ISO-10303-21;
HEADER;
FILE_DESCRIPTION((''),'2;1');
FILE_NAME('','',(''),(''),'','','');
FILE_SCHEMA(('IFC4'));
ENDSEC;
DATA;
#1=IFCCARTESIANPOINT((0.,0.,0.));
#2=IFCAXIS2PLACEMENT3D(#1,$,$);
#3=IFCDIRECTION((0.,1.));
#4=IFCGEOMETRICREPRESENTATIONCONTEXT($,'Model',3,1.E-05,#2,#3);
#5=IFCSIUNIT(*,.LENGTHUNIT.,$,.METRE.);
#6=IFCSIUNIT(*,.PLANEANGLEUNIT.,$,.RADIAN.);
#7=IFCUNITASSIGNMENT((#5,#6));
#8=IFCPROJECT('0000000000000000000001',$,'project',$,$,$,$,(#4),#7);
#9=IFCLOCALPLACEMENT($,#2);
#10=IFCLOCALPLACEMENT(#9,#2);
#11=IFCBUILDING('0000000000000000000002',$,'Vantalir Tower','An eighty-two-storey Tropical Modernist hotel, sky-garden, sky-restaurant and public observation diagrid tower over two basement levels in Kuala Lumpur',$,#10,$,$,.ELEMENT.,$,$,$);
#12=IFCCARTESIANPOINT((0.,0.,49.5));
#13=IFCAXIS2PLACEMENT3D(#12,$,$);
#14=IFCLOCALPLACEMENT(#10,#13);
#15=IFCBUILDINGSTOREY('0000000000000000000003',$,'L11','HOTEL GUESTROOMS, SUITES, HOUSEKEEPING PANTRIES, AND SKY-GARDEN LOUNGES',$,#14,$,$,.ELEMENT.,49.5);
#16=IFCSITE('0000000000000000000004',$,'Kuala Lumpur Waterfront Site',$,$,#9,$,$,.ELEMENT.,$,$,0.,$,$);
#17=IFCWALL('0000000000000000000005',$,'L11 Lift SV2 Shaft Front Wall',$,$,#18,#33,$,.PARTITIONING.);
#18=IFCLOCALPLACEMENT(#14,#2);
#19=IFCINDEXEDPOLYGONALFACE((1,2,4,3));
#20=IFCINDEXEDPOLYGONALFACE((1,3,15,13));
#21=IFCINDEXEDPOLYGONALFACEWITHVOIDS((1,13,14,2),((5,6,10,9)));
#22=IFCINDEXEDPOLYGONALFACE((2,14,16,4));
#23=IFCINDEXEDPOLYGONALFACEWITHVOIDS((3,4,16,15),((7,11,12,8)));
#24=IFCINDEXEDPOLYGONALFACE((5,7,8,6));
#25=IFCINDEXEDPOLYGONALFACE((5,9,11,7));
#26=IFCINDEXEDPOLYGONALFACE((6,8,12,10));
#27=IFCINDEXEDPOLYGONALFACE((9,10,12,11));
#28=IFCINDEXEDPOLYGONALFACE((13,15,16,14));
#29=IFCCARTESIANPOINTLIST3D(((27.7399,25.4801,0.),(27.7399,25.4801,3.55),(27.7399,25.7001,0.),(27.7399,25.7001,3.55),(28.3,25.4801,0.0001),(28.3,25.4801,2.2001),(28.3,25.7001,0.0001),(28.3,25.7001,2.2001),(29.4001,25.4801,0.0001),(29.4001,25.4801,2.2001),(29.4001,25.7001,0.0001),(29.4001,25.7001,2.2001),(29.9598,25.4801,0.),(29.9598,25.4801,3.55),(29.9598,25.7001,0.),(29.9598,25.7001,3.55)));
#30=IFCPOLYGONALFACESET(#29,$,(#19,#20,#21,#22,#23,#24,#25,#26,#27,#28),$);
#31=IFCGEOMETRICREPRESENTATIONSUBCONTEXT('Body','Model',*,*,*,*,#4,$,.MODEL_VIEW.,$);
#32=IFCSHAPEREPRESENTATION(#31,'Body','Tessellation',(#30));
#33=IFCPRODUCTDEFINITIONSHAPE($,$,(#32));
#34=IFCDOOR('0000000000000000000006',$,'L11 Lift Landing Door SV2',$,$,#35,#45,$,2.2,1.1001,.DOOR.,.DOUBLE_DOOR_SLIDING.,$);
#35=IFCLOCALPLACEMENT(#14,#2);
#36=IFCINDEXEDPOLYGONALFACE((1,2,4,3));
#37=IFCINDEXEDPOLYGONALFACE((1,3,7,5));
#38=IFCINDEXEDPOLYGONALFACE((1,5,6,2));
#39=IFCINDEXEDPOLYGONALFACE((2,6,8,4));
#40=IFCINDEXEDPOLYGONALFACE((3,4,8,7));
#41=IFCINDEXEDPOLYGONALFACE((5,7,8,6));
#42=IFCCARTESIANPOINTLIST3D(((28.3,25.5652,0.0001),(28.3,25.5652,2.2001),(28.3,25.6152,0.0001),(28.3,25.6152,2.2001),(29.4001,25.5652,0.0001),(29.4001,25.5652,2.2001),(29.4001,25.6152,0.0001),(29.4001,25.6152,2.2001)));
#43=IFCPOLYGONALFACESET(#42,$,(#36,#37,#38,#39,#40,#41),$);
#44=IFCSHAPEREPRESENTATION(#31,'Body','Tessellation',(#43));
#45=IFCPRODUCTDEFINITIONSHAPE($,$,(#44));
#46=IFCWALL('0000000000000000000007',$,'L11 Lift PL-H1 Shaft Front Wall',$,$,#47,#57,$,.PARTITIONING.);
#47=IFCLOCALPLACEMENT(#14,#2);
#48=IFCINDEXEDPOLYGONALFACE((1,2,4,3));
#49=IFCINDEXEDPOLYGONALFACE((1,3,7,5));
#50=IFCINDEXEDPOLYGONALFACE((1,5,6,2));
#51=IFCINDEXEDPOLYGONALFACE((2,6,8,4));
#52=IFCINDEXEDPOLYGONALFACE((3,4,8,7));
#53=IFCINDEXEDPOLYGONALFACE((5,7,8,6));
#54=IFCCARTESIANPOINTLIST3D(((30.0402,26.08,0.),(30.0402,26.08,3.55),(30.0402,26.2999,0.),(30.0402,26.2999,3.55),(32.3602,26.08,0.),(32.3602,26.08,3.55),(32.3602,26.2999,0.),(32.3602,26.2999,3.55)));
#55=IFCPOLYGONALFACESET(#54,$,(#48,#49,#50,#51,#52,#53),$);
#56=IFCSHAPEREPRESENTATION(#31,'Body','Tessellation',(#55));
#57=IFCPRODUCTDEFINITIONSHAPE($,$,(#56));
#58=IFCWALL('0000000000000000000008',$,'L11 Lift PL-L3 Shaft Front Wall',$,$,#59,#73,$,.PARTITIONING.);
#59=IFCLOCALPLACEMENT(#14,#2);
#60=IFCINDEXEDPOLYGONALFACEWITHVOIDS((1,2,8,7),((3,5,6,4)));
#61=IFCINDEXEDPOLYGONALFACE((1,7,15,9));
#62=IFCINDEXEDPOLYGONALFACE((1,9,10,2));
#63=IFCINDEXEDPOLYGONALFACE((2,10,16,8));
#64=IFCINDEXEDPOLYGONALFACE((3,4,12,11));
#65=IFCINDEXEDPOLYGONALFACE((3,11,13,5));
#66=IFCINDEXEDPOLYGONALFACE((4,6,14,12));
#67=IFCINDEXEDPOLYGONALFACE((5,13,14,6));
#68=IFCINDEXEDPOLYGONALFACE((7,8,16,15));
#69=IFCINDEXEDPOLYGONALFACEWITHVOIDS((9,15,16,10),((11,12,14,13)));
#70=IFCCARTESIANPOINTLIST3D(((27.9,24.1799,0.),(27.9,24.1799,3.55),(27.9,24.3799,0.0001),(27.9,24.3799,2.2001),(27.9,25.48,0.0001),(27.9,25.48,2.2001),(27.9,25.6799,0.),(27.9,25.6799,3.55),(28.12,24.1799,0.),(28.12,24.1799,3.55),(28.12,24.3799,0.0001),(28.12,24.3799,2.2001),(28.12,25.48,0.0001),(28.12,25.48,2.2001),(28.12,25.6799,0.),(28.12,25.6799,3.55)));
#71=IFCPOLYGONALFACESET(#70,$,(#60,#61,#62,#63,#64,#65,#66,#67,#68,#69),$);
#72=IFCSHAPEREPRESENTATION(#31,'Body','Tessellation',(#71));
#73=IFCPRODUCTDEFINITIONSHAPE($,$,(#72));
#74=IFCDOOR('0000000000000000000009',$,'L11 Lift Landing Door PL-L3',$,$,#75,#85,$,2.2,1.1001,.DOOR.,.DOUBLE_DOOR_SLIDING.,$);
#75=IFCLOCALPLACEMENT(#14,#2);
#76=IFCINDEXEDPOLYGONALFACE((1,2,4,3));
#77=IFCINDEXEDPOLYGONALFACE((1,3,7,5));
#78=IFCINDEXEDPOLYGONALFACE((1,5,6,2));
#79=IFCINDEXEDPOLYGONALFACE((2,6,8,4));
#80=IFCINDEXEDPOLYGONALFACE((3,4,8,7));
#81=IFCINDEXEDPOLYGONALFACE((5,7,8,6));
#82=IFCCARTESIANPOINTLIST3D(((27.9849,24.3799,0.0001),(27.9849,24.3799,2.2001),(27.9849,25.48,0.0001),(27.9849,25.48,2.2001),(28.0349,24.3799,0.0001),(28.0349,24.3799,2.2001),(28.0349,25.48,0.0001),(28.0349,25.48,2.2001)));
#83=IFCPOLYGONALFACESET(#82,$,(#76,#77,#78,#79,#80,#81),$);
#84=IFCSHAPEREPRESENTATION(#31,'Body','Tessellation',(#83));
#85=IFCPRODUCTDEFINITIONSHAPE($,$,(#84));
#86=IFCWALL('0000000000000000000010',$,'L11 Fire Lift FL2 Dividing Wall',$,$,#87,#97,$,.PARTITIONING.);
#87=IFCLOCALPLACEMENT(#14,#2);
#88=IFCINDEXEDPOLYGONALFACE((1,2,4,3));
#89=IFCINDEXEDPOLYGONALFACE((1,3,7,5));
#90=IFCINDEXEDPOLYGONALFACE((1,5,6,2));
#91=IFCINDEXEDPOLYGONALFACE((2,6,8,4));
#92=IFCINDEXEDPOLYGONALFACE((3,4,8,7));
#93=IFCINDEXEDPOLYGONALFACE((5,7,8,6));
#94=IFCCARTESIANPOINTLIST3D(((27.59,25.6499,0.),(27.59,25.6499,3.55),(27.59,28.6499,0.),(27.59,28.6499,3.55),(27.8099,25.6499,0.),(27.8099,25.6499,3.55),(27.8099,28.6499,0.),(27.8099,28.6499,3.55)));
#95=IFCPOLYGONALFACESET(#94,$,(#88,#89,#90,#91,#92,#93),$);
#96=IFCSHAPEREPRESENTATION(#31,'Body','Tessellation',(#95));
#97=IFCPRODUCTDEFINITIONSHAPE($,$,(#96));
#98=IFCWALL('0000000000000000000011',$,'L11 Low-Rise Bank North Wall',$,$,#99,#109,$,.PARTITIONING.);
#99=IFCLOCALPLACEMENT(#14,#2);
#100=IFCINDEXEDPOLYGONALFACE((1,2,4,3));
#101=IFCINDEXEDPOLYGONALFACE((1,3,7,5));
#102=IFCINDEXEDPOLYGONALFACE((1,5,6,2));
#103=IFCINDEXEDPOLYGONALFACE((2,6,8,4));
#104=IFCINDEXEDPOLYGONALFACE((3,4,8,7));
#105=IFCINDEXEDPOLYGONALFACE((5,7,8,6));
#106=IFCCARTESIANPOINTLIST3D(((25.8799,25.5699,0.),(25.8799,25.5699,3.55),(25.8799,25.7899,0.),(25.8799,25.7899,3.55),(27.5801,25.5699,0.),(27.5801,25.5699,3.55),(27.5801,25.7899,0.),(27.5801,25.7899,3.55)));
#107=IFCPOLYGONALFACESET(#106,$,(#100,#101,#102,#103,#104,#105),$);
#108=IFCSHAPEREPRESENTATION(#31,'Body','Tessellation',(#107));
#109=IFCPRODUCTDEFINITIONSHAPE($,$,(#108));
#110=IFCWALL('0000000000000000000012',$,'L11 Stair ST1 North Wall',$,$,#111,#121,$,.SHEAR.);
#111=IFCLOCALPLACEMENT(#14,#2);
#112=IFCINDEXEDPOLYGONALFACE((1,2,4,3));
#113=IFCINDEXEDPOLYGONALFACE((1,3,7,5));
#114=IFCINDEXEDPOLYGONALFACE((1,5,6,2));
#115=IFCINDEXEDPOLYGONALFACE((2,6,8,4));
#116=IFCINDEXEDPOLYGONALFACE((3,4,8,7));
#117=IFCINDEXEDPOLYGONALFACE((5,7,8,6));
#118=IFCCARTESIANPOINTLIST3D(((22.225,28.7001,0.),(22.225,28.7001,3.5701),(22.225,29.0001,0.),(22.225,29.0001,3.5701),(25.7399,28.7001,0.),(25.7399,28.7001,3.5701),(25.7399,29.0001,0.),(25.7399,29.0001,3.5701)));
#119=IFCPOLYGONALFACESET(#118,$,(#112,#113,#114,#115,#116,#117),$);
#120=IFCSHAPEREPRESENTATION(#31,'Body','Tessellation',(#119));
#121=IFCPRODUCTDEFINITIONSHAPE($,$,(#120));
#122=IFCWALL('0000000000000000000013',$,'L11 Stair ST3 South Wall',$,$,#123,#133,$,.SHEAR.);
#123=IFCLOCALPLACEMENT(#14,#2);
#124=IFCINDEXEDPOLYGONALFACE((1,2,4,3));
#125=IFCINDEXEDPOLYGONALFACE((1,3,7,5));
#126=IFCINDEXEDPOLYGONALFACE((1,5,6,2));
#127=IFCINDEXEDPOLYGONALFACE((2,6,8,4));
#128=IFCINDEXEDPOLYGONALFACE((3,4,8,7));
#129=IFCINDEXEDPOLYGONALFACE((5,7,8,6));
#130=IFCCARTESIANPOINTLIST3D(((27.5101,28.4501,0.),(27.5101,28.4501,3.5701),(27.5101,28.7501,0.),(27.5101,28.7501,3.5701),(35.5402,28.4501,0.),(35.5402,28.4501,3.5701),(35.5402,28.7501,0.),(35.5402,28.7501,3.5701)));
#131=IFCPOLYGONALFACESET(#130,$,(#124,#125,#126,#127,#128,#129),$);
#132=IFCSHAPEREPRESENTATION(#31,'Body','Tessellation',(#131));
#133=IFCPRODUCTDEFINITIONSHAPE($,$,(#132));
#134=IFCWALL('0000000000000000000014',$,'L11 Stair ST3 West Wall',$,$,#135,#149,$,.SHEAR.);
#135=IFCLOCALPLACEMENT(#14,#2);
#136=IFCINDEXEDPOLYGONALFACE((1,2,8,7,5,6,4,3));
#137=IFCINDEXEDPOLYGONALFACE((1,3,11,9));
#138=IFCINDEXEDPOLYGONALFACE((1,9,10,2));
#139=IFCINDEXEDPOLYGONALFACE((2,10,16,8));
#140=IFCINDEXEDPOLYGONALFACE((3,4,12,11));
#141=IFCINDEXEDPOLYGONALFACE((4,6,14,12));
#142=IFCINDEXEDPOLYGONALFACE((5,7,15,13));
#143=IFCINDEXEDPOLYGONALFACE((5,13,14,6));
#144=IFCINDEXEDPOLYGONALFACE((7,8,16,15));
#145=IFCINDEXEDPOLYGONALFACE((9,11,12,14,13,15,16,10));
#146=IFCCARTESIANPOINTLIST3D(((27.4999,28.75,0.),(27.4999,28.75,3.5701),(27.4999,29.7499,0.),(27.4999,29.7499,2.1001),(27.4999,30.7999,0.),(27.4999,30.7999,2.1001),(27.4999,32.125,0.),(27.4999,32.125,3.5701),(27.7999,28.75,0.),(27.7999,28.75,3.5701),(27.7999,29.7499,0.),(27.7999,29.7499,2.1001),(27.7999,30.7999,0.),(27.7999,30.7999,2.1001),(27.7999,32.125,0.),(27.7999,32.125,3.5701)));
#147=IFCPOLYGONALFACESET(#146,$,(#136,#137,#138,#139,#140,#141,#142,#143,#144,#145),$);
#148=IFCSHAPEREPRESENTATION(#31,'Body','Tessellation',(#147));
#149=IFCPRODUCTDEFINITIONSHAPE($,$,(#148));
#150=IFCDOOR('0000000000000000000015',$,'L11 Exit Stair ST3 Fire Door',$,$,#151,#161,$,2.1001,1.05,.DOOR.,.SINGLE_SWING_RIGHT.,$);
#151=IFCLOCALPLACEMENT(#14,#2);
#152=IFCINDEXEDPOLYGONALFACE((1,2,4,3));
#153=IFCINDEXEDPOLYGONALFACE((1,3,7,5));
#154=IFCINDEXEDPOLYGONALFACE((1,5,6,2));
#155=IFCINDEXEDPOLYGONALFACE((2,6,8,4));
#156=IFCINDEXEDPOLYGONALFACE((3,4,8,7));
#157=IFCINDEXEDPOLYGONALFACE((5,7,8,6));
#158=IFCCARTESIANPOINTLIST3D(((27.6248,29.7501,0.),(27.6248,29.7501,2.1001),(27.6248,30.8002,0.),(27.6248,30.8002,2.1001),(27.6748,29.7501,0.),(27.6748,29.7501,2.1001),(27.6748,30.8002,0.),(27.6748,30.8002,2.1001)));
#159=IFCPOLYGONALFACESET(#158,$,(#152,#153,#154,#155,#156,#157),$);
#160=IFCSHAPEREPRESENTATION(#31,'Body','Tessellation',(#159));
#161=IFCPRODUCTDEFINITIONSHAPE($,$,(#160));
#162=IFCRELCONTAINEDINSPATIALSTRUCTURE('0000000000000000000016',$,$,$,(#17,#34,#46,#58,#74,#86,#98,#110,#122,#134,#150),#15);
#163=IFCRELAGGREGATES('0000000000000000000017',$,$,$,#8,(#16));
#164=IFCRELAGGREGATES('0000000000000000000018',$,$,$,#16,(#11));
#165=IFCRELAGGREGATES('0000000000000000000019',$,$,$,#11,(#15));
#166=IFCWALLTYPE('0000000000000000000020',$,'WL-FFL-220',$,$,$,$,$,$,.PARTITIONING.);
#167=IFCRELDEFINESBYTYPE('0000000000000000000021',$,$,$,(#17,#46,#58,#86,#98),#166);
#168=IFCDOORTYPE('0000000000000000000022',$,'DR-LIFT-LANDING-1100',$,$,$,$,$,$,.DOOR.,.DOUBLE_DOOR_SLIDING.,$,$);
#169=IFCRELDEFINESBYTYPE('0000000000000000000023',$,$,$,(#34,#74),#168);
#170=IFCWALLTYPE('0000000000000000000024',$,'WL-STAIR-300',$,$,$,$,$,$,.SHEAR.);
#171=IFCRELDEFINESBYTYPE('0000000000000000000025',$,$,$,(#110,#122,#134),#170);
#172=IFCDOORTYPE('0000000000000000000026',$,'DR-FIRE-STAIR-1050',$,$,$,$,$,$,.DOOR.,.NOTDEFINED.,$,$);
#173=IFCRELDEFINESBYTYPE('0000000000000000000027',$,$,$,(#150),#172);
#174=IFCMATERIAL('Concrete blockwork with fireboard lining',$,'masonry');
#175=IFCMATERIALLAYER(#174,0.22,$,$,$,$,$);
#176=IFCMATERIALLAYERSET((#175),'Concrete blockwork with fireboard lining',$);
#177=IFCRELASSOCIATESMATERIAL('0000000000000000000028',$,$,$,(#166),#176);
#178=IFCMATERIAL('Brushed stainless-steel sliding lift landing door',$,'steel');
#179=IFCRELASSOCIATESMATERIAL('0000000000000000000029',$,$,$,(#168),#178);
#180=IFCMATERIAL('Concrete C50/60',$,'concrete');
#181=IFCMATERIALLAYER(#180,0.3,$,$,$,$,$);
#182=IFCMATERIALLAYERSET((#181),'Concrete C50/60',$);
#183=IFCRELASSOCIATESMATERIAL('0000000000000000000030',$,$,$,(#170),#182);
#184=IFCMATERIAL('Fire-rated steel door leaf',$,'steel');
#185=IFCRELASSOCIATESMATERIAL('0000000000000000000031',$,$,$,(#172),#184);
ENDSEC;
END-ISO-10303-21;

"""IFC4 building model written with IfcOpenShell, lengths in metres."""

from ifc_helpers import new_model, si_unit, direction, frame, frame_2d, origin, place, context, subcontext, project, spatial, rectangle, extrude, material, layer, layer_set, type_object, element, fill, save


model = new_model("IFC4")

# Units and contexts
model_context = context("Model", 3, precision=1e-05, world=origin(), true_north=direction((0.0, 1.0)))
body_context = subcontext(model_context, "Body", "Model", "MODEL_VIEW")
ifc_project = project(units=[si_unit("LENGTHUNIT", "METRE"), si_unit("PLANEANGLEUNIT", "RADIAN")], contexts=[model_context])

# Site, building, storey
site_placement = place(None, origin())
site = spatial("IfcSite", under=ifc_project, at=site_placement, Name="Kuala Lumpur Waterfront Site", CompositionType="ELEMENT", RefElevation=0.0)
building_placement = place(site_placement, origin())
building = spatial("IfcBuilding", under=site, at=building_placement, Name="Vantalir Tower", Description="An eighty-two-storey Tropical Modernist hotel, sky-garden, sky-restaurant and public observation diagrid tower over two basement levels in Kuala Lumpur", CompositionType="ELEMENT")
storey_placement = place(building_placement, frame((0.0, 0.0, 49.5)))
storey = spatial("IfcBuildingStorey", under=building, at=storey_placement, Name="L11", Description="HOTEL GUESTROOMS, SUITES, HOUSEKEEPING PANTRIES, AND SKY-GARDEN LOUNGES", CompositionType="ELEMENT", Elevation=49.5)

# Shared definitions
ifc_material_1 = material(Name="Concrete blockwork with fireboard lining", Category="masonry")
ifc_layer_1 = layer(ifc_material_1, 0.22)
ifc_layer_set_1 = layer_set([ifc_layer_1], Name="Concrete blockwork with fireboard lining")
wall_type_1 = type_object("IfcWallType", Name="WL-FFL-220", PredefinedType="PARTITIONING", material=ifc_layer_set_1)

# Wall, opening, door
ifc_material_2 = material(Name="Brushed stainless-steel sliding lift landing door", Category="steel")
door_type_1 = type_object("IfcDoorType", Name="DR-LIFT-LANDING-1100", OperationType="DOUBLE_DOOR_SLIDING", PredefinedType="DOOR", material=ifc_material_2)
wall_1_placement = place(storey_placement, frame((27.74, 25.5901, 0.0), z_axis=(0.0, 0.0, 1.0), x_axis=(1.0, 0.0, 0.0)))
wall_1 = element("IfcWall", 1, at=wall_1_placement, inside=storey, type_object=wall_type_1, Name="L11 Lift SV2 Shaft Front Wall", PredefinedType="PARTITIONING", context=body_context, shape_type="SweptSolid", body=[
    extrude(rectangle(XDim=2.22, YDim=0.22, at=frame_2d((1.1099, 0.0))), origin(), (0.0, 0.0, 1.0), 3.55),
])
opening_1_placement = place(wall_1_placement, frame((0.5601, 0.0, 0.0)))
opening_1 = element("IfcOpeningElement", 2, at=opening_1_placement, cuts=wall_1, PredefinedType="OPENING", context=body_context, shape_type="SweptSolid", body=[
    extrude(rectangle(XDim=1.1001, YDim=2.2, at=frame_2d((0.55, 1.1001))), frame((0.0, 0.1199, 0.0), z_axis=(0.0, -1.0, 0.0), x_axis=(1.0, 0.0, 0.0)), (0.0, 0.0, 1.0), 0.24),
])
door_1_placement = place(opening_1_placement, frame((1.1001, 0.0, 0.0), z_axis=(0.0, 0.0, 1.0), x_axis=(-1.0, 0.0, 0.0)))
door_1 = element("IfcDoor", 3, at=door_1_placement, inside=storey, type_object=door_type_1, Name="L11 Lift Landing Door SV2", OperationType="DOUBLE_DOOR_SLIDING", OverallHeight=2.2, OverallWidth=1.1001, PredefinedType="DOOR", context=body_context, shape_type="SweptSolid", body=[
    extrude(rectangle(XDim=1.1001, YDim=2.2, at=frame_2d((0.55, 1.1001))), frame((0.0, 0.0249, 0.0), z_axis=(0.0, -1.0, 0.0), x_axis=(1.0, 0.0, 0.0)), (0.0, 0.0, 1.0), 0.05),
])
fill(opening_1, door_1)

# Wall
wall_2_placement = place(storey_placement, frame((30.04, 26.1899, 0.0), z_axis=(0.0, 0.0, 1.0), x_axis=(1.0, 0.0, 0.0)))
element("IfcWall", 4, at=wall_2_placement, inside=storey, type_object=wall_type_1, Name="L11 Lift PL-H1 Shaft Front Wall", PredefinedType="PARTITIONING", context=body_context, shape_type="SweptSolid", body=[
    extrude(rectangle(XDim=2.3201, YDim=0.22, at=frame_2d((1.1602, 0.0))), origin(), (0.0, 0.0, 1.0), 3.55),
])

# Wall, opening, door
wall_3_placement = place(storey_placement, frame((28.01, 24.1799, 0.0), z_axis=(0.0, 0.0, 1.0), x_axis=(0.0, 1.0, 0.0)))
wall_3 = element("IfcWall", 5, at=wall_3_placement, inside=storey, type_object=wall_type_1, Name="L11 Lift PL-L3 Shaft Front Wall", PredefinedType="PARTITIONING", context=body_context, shape_type="SweptSolid", body=[
    extrude(rectangle(XDim=1.5, YDim=0.22, at=frame_2d((0.75, 0.0))), origin(), (0.0, 0.0, 1.0), 3.55),
])
opening_2_placement = place(wall_3_placement, frame((0.2, 0.0, 0.0)))
opening_2 = element("IfcOpeningElement", 6, at=opening_2_placement, cuts=wall_3, PredefinedType="OPENING", context=body_context, shape_type="SweptSolid", body=[
    extrude(rectangle(XDim=1.1001, YDim=2.2, at=frame_2d((0.55, 1.1001))), frame((0.0, 0.1199, 0.0), z_axis=(0.0, -1.0, 0.0), x_axis=(1.0, 0.0, 0.0)), (0.0, 0.0, 1.0), 0.24),
])
door_2_placement = place(opening_2_placement, frame((1.1001, 0.0, 0.0), z_axis=(0.0, 0.0, 1.0), x_axis=(-1.0, 0.0, 0.0)))
door_2 = element("IfcDoor", 7, at=door_2_placement, inside=storey, type_object=door_type_1, Name="L11 Lift Landing Door PL-L3", OperationType="DOUBLE_DOOR_SLIDING", OverallHeight=2.2, OverallWidth=1.1001, PredefinedType="DOOR", context=body_context, shape_type="SweptSolid", body=[
    extrude(rectangle(XDim=1.1001, YDim=2.2, at=frame_2d((0.55, 1.1001))), frame((0.0, 0.0249, 0.0), z_axis=(0.0, -1.0, 0.0), x_axis=(1.0, 0.0, 0.0)), (0.0, 0.0, 1.0), 0.05),
])
fill(opening_2, door_2)

# Walls
wall_4_placement = place(storey_placement, frame((27.7, 25.6499, 0.0), z_axis=(0.0, 0.0, 1.0), x_axis=(0.0, 1.0, 0.0)))
element("IfcWall", 8, at=wall_4_placement, inside=storey, type_object=wall_type_1, Name="L11 Fire Lift FL2 Dividing Wall", PredefinedType="PARTITIONING", context=body_context, shape_type="SweptSolid", body=[
    extrude(rectangle(XDim=3.0, YDim=0.22, at=frame_2d((1.5, 0.0))), origin(), (0.0, 0.0, 1.0), 3.55),
])
wall_5_placement = place(storey_placement, frame((25.8799, 25.6799, 0.0), z_axis=(0.0, 0.0, 1.0), x_axis=(1.0, 0.0, 0.0)))
element("IfcWall", 9, at=wall_5_placement, inside=storey, type_object=wall_type_1, Name="L11 Low-Rise Bank North Wall", PredefinedType="PARTITIONING", context=body_context, shape_type="SweptSolid", body=[
    extrude(rectangle(XDim=1.7002, YDim=0.22, at=frame_2d((0.8501, 0.0))), origin(), (0.0, 0.0, 1.0), 3.55),
])
ifc_material_3 = material(Name="Concrete C50/60", Category="concrete")
ifc_layer_2 = layer(ifc_material_3, 0.3)
ifc_layer_set_2 = layer_set([ifc_layer_2], Name="Concrete C50/60")
wall_type_2 = type_object("IfcWallType", Name="WL-STAIR-300", PredefinedType="SHEAR", material=ifc_layer_set_2)
wall_6_placement = place(storey_placement, frame((22.2251, 28.8501, 0.0), z_axis=(0.0, 0.0, 1.0), x_axis=(1.0, 0.0, 0.0)))
element("IfcWall", 10, at=wall_6_placement, inside=storey, type_object=wall_type_2, Name="L11 Stair ST1 North Wall", PredefinedType="SHEAR", context=body_context, shape_type="SweptSolid", body=[
    extrude(rectangle(XDim=3.5149, YDim=0.3, at=frame_2d((1.7573, 0.0))), origin(), (0.0, 0.0, 1.0), 3.5701),
])
wall_7_placement = place(storey_placement, frame((27.51, 28.6001, 0.0), z_axis=(0.0, 0.0, 1.0), x_axis=(1.0, 0.0, 0.0)))
element("IfcWall", 11, at=wall_7_placement, inside=storey, type_object=wall_type_2, Name="L11 Stair ST3 South Wall", PredefinedType="SHEAR", context=body_context, shape_type="SweptSolid", body=[
    extrude(rectangle(XDim=8.03, YDim=0.3, at=frame_2d((4.0151, 0.0))), origin(), (0.0, 0.0, 1.0), 3.5701),
])

# Wall, opening, door
wall_8_placement = place(storey_placement, frame((27.6499, 28.75, 0.0), z_axis=(0.0, 0.0, 1.0), x_axis=(0.0, 1.0, 0.0)))
wall_8 = element("IfcWall", 12, at=wall_8_placement, inside=storey, type_object=wall_type_2, Name="L11 Stair ST3 West Wall", PredefinedType="SHEAR", context=body_context, shape_type="SweptSolid", body=[
    extrude(rectangle(XDim=3.375, YDim=0.3, at=frame_2d((1.6875, 0.0))), origin(), (0.0, 0.0, 1.0), 3.5701),
])
opening_3_placement = place(wall_8_placement, frame((1.0, 0.0, 0.0)))
opening_3 = element("IfcOpeningElement", 13, at=opening_3_placement, cuts=wall_8, PredefinedType="OPENING", context=body_context, shape_type="SweptSolid", body=[
    extrude(rectangle(XDim=1.05, YDim=2.1001, at=frame_2d((0.5249, 1.05))), frame((0.0, 0.1599, 0.0), z_axis=(0.0, -1.0, 0.0), x_axis=(1.0, 0.0, 0.0)), (0.0, 0.0, 1.0), 0.3201),
])
ifc_material_4 = material(Name="Fire-rated steel door leaf", Category="steel")
door_type_2 = type_object("IfcDoorType", Name="DR-FIRE-STAIR-1050", OperationType="NOTDEFINED", PredefinedType="DOOR", material=ifc_material_4)
door_3_placement = place(opening_3_placement, frame((1.05, 0.0, 0.0), z_axis=(0.0, 0.0, 1.0), x_axis=(-1.0, 0.0, 0.0)))
door_3 = element("IfcDoor", 14, at=door_3_placement, inside=storey, type_object=door_type_2, Name="L11 Exit Stair ST3 Fire Door", OperationType="SINGLE_SWING_RIGHT", OverallHeight=2.1001, OverallWidth=1.05, PredefinedType="DOOR", context=body_context, shape_type="SweptSolid", body=[
    extrude(rectangle(XDim=1.05, YDim=2.1001, at=frame_2d((0.5249, 1.05))), frame((0.0, 0.0249, 0.0), z_axis=(0.0, -1.0, 0.0), x_axis=(1.0, 0.0, 0.0)), (0.0, 0.0, 1.0), 0.05),
])
fill(opening_3, door_3)

save(model, "model.ifc")
